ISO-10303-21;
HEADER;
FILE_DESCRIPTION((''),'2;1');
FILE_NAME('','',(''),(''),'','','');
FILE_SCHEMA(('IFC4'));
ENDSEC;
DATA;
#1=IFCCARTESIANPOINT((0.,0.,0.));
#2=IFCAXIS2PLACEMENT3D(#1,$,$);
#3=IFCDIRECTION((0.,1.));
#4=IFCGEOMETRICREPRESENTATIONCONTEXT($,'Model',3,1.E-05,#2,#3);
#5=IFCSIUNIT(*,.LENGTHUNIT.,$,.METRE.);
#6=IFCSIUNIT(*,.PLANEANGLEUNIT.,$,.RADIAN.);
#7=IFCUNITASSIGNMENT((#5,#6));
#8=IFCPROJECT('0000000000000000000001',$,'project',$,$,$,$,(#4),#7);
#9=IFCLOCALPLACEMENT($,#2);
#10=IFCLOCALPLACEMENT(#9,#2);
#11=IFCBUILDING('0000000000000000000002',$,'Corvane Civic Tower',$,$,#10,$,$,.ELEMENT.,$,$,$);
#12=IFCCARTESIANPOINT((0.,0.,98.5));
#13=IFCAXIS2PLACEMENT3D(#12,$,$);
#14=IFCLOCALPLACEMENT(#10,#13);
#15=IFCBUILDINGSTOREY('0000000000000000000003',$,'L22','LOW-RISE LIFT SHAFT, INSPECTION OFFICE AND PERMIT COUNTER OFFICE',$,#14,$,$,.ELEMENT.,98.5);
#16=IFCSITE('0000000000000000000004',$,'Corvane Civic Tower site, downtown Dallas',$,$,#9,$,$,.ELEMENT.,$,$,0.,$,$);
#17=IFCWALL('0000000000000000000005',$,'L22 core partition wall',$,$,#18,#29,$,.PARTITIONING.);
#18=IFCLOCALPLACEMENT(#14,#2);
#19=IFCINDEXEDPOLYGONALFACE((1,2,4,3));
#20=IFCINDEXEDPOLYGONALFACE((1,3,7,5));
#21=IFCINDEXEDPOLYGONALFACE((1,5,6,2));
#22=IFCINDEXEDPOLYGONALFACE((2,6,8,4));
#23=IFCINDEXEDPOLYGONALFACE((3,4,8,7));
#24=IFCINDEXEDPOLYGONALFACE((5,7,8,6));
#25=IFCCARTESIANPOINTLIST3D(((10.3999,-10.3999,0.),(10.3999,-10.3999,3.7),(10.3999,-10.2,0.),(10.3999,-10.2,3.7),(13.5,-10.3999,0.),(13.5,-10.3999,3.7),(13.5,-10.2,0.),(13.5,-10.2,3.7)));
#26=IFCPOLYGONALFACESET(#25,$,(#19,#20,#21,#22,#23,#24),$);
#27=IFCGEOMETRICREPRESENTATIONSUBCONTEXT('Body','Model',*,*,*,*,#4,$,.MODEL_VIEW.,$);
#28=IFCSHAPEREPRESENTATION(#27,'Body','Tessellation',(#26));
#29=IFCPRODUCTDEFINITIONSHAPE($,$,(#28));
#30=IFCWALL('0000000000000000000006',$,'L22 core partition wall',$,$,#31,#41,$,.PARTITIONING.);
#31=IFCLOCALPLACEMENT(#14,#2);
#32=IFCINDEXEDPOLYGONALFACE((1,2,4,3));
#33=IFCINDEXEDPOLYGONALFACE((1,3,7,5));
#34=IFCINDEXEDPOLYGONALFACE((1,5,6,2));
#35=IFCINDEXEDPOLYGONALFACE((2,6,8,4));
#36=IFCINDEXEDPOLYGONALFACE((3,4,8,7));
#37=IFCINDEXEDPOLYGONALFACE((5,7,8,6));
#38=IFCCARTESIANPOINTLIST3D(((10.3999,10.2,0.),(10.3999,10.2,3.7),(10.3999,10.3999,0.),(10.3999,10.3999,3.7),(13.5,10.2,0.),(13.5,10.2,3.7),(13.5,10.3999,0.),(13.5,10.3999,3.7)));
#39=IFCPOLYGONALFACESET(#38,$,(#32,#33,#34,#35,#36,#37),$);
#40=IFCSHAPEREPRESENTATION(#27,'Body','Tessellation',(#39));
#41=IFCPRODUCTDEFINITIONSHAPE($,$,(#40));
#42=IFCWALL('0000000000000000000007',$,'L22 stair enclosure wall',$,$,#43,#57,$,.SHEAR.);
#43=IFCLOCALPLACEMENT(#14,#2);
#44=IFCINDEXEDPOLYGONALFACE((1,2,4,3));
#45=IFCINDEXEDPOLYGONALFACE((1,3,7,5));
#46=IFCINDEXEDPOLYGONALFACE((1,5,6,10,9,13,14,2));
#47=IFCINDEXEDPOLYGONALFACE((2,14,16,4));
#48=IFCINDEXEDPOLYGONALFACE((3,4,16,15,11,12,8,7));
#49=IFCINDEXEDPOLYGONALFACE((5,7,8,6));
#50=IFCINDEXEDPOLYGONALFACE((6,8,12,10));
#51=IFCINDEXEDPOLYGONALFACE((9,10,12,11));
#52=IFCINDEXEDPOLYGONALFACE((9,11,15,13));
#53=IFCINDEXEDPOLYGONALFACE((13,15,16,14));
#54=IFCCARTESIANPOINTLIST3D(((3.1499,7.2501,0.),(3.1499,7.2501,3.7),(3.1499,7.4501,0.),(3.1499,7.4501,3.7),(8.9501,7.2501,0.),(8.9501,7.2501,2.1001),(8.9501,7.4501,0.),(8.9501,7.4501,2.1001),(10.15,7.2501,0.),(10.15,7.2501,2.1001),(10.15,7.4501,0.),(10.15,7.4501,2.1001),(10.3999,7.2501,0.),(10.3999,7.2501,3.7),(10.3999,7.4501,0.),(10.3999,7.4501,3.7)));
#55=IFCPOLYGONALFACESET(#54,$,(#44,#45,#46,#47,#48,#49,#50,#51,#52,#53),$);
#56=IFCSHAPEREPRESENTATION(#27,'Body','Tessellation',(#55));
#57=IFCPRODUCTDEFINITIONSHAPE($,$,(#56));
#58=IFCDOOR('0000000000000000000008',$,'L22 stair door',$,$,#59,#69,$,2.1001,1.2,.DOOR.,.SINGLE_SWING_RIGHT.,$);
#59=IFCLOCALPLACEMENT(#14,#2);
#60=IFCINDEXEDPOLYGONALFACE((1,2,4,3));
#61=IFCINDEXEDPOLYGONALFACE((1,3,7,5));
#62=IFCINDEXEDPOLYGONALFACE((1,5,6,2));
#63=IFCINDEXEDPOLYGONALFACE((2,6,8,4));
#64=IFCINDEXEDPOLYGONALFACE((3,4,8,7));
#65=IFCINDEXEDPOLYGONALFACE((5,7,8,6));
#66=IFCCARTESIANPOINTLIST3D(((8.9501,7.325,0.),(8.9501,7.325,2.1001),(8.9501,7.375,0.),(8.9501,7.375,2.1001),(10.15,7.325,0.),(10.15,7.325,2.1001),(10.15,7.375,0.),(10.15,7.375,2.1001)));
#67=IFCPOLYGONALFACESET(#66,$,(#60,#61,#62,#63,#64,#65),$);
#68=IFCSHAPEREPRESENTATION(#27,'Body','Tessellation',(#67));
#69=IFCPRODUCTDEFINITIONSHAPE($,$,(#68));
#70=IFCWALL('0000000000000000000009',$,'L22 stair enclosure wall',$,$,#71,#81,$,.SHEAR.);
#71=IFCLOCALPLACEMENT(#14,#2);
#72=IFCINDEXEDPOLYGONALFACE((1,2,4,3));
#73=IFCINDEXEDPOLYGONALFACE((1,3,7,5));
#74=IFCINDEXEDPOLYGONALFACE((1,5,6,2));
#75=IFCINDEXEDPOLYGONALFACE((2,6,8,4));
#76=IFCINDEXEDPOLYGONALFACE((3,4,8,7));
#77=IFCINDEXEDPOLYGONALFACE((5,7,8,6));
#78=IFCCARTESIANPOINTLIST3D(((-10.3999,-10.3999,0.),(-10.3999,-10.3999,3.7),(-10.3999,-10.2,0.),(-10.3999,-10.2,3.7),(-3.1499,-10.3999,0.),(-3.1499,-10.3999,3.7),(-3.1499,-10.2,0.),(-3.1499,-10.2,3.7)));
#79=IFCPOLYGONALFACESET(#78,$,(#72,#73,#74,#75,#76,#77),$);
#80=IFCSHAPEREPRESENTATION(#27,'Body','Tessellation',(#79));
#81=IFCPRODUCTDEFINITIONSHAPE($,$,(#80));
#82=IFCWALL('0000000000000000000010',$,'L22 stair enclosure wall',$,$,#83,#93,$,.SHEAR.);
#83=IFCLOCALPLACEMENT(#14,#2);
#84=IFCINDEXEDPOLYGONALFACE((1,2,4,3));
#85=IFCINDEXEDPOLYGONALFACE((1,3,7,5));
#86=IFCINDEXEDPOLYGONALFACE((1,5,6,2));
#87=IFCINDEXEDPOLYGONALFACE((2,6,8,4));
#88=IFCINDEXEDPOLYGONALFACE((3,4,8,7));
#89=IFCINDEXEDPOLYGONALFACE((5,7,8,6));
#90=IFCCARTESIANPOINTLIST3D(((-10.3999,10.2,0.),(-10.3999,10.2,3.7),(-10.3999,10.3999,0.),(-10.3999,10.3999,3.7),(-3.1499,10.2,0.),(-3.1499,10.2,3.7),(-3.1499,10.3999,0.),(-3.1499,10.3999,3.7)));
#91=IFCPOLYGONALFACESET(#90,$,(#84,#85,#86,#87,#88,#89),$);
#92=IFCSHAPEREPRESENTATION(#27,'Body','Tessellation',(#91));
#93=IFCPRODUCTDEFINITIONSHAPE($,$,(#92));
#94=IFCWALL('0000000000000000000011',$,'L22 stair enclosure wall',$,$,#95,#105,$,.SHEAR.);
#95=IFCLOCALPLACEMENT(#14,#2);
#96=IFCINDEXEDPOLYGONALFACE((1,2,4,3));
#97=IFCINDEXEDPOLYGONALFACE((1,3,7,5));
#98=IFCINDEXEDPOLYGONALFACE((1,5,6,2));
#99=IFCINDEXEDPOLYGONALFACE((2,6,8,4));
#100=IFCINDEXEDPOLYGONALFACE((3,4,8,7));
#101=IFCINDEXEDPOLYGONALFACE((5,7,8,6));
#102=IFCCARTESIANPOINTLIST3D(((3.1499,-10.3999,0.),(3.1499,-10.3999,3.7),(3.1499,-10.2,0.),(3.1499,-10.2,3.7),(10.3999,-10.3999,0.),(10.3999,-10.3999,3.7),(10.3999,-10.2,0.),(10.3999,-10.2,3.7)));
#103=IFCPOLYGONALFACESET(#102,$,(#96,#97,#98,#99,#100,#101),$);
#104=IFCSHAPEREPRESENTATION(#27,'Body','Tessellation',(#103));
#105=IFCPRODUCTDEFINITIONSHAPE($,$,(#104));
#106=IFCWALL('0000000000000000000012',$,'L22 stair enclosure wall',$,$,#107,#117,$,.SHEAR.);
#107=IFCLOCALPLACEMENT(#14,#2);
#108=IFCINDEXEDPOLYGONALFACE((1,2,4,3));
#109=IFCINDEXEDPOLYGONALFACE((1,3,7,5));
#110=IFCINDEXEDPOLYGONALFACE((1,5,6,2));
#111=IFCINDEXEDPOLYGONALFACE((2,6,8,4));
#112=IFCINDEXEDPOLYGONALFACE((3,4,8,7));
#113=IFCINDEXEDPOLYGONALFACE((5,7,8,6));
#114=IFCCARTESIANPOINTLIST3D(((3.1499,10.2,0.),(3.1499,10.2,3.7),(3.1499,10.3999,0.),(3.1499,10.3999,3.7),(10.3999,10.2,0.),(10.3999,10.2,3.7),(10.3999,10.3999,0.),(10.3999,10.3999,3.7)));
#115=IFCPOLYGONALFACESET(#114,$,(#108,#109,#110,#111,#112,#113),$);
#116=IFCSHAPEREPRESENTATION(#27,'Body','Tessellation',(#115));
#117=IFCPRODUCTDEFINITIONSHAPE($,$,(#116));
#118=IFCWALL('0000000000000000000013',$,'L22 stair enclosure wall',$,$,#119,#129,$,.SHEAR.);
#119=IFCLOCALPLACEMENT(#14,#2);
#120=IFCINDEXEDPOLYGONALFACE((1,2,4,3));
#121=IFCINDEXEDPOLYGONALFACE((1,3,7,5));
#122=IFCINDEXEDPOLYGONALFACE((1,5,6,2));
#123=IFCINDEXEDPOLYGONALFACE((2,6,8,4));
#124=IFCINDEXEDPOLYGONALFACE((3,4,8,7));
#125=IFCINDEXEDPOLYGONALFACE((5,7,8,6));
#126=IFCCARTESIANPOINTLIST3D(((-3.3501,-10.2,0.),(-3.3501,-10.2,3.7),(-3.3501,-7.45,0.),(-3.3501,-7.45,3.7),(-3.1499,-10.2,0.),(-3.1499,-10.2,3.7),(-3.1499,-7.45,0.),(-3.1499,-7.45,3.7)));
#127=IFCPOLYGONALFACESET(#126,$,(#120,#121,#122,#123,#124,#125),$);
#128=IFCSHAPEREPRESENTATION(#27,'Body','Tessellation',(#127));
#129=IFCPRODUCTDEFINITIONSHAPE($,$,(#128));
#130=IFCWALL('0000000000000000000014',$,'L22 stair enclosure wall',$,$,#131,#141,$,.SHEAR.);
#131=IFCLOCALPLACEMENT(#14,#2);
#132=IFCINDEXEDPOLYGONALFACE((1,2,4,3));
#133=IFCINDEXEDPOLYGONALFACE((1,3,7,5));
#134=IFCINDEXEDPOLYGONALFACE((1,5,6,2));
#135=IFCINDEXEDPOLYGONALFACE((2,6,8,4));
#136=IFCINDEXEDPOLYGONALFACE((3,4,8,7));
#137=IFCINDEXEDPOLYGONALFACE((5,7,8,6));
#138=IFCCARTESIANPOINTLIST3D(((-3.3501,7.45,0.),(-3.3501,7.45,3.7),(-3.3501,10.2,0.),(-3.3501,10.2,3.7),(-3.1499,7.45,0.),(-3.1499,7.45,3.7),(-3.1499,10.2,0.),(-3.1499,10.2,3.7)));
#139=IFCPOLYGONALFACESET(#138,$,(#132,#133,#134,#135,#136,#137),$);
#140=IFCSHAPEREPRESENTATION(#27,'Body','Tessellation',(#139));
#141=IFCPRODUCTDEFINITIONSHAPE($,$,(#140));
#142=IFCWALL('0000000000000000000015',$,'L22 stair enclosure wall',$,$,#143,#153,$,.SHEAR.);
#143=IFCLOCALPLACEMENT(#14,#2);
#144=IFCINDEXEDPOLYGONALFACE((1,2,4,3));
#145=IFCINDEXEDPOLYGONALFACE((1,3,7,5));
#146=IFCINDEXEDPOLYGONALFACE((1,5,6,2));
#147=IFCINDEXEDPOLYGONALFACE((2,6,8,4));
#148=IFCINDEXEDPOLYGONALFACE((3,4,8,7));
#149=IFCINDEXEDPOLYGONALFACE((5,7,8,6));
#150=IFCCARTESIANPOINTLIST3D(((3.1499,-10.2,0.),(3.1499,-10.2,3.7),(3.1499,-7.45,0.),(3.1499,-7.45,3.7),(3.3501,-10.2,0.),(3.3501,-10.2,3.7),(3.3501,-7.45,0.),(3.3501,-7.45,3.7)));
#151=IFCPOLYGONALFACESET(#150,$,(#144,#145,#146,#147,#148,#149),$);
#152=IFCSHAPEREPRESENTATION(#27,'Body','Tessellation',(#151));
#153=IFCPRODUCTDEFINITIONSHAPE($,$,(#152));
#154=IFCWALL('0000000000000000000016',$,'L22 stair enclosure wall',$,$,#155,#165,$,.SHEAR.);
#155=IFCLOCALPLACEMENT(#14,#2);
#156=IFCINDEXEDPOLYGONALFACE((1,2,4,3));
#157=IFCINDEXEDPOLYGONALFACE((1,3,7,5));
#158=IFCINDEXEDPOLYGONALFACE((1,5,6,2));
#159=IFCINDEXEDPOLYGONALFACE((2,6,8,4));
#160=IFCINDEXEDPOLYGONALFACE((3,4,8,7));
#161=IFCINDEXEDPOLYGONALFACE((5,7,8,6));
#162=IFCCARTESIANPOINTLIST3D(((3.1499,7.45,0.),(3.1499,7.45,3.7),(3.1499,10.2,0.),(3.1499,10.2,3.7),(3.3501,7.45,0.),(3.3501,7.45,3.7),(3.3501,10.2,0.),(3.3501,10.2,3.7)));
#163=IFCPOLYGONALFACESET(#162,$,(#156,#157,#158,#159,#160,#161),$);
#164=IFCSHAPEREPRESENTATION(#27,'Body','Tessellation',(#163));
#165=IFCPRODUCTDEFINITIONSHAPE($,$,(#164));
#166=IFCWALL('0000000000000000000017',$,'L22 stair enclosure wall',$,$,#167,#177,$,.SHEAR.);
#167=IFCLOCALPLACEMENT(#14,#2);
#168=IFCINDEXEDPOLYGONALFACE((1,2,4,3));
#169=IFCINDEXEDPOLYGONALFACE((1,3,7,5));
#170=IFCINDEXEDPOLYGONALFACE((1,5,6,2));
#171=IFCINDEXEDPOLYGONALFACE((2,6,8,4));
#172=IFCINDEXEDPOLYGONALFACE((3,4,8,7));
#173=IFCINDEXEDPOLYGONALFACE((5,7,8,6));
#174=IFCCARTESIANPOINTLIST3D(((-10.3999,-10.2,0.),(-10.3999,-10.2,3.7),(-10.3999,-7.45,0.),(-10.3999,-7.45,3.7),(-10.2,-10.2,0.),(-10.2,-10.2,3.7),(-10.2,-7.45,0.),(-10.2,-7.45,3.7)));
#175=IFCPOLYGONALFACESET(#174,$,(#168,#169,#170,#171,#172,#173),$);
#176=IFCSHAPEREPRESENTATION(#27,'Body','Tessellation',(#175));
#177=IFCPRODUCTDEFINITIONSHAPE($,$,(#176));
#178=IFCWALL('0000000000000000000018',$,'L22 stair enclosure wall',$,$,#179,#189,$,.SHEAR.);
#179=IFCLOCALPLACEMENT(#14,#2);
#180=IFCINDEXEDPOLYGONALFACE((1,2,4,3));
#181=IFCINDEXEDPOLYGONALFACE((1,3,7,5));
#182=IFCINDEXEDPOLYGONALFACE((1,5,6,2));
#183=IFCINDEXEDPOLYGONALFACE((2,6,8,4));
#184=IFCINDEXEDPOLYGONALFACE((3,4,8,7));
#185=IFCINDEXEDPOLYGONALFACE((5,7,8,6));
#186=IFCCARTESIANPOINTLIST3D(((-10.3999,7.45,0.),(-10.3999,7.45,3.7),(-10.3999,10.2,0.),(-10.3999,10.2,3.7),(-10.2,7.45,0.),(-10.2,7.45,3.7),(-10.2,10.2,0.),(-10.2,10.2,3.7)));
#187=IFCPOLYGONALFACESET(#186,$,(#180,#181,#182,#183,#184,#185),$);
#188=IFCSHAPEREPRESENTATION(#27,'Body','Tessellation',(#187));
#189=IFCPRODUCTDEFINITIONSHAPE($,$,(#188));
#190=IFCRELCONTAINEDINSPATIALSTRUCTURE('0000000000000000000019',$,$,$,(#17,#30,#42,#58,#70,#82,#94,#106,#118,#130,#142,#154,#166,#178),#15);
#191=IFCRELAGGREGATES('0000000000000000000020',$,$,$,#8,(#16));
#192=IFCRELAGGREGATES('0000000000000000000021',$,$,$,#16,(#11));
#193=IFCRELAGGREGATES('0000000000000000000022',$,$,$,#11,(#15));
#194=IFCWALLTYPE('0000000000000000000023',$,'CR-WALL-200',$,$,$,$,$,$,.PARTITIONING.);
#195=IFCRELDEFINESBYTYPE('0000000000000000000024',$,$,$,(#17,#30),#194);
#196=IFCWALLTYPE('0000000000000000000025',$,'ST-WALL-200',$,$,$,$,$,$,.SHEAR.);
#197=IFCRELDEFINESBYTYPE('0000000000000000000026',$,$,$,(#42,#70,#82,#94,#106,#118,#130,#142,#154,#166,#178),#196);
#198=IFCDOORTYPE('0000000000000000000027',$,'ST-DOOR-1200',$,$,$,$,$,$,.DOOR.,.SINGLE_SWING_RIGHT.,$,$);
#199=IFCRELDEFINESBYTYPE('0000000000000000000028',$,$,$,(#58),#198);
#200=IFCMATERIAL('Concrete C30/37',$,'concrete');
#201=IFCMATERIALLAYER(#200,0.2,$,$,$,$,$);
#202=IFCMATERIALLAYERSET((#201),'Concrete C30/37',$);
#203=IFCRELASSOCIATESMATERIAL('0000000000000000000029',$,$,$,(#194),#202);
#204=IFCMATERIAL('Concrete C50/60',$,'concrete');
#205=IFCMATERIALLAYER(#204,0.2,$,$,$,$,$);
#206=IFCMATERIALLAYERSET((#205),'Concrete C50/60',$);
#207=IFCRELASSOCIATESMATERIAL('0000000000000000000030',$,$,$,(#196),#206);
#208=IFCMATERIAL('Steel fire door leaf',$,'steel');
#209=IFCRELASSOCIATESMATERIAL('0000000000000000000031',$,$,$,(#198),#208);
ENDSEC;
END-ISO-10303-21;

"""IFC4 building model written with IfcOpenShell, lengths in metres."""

from ifc_helpers import new_model, si_unit, direction, frame, frame_2d, origin, place, context, subcontext, project, spatial, polyline, rectangle, outline, extrude, material, layer, layer_set, type_object, element, fill, save


model = new_model("IFC4")

# Units and contexts
model_context = context("Model", 3, precision=1e-05, world=origin(), true_north=direction((0.0, 1.0)))
body_context = subcontext(model_context, "Body", "Model", "MODEL_VIEW")
ifc_project = project(units=[si_unit("LENGTHUNIT", "METRE"), si_unit("PLANEANGLEUNIT", "RADIAN")], contexts=[model_context])

# Site, building, storey
site_placement = place(None, origin())
site = spatial("IfcSite", under=ifc_project, at=site_placement, Name="Corvane Civic Tower site, downtown Dallas", CompositionType="ELEMENT", RefElevation=0.0)
building_placement = place(site_placement, origin())
building = spatial("IfcBuilding", under=site, at=building_placement, Name="Corvane Civic Tower", CompositionType="ELEMENT")
storey_placement = place(building_placement, frame((0.0, 0.0, 98.5)))
storey = spatial("IfcBuildingStorey", under=building, at=storey_placement, Name="L22", Description="LOW-RISE LIFT SHAFT, INSPECTION OFFICE AND PERMIT COUNTER OFFICE", CompositionType="ELEMENT", Elevation=98.5)

# Walls
ifc_material_1 = material(Name="Concrete C30/37", Category="concrete")
ifc_layer_1 = layer(ifc_material_1, 0.2)
ifc_layer_set_1 = layer_set([ifc_layer_1], Name="Concrete C30/37")
wall_type_1 = type_object("IfcWallType", Name="CR-WALL-200", PredefinedType="PARTITIONING", material=ifc_layer_set_1)
wall_1_placement = place(storey_placement, origin())
element("IfcWall", 1, at=wall_1_placement, inside=storey, type_object=wall_type_1, Name="L22 core partition wall", PredefinedType="PARTITIONING", context=body_context, shape_type="SweptSolid", body=[
    extrude(outline(polyline([(13.5, -10.3999), (10.3999, -10.3999), (10.3999, -10.2), (13.5, -10.2), (13.5, -10.3999)])), origin(), (0.0, 0.0, 1.0), 3.7),
])
wall_2_placement = place(storey_placement, origin())
element("IfcWall", 2, at=wall_2_placement, inside=storey, type_object=wall_type_1, Name="L22 core partition wall", PredefinedType="PARTITIONING", context=body_context, shape_type="SweptSolid", body=[
    extrude(outline(polyline([(10.3999, 10.2), (10.3999, 10.3999), (13.5, 10.3999), (13.5, 10.2), (10.3999, 10.2)])), origin(), (0.0, 0.0, 1.0), 3.7),
])

# Wall, opening, door
ifc_material_2 = material(Name="Concrete C50/60", Category="concrete")
ifc_layer_2 = layer(ifc_material_2, 0.2)
ifc_layer_set_2 = layer_set([ifc_layer_2], Name="Concrete C50/60")
wall_type_2 = type_object("IfcWallType", Name="ST-WALL-200", PredefinedType="SHEAR", material=ifc_layer_set_2)
wall_3_placement = place(storey_placement, frame((3.1499, 7.3501, 0.0), z_axis=(0.0, 0.0, 1.0), x_axis=(1.0, 0.0, 0.0)))
wall_3 = element("IfcWall", 3, at=wall_3_placement, inside=storey, type_object=wall_type_2, Name="L22 stair enclosure wall", PredefinedType="SHEAR", context=body_context, shape_type="SweptSolid", body=[
    extrude(rectangle(XDim=7.25, YDim=0.2, at=frame_2d((3.625, 0.0))), origin(), (0.0, 0.0, 1.0), 3.7),
])
opening_placement = place(wall_3_placement, frame((5.8, 0.0, 0.0)))
opening = element("IfcOpeningElement", 4, at=opening_placement, cuts=wall_3, PredefinedType="OPENING", context=body_context, shape_type="SweptSolid", body=[
    extrude(rectangle(XDim=1.2, YDim=2.1001, at=frame_2d((0.6001, 1.05))), frame((0.0, 0.1099, 0.0), z_axis=(0.0, -1.0, 0.0), x_axis=(1.0, 0.0, 0.0)), (0.0, 0.0, 1.0), 0.22),
])
ifc_material_3 = material(Name="Steel fire door leaf", Category="steel")
door_type = type_object("IfcDoorType", Name="ST-DOOR-1200", OperationType="SINGLE_SWING_RIGHT", PredefinedType="DOOR", material=ifc_material_3)
door_placement = place(opening_placement, origin())
door = element("IfcDoor", 5, at=door_placement, inside=storey, type_object=door_type, Name="L22 stair door", OperationType="SINGLE_SWING_RIGHT", OverallHeight=2.1001, OverallWidth=1.2, PredefinedType="DOOR", context=body_context, shape_type="SweptSolid", body=[
    extrude(rectangle(XDim=1.2, YDim=2.1001, at=frame_2d((0.6001, 1.05))), frame((0.0, 0.0249, 0.0), z_axis=(0.0, -1.0, 0.0), x_axis=(1.0, 0.0, 0.0)), (0.0, 0.0, 1.0), 0.05),
])
fill(opening, door)

# Walls
wall_4_placement = place(storey_placement, origin())
element("IfcWall", 6, at=wall_4_placement, inside=storey, type_object=wall_type_2, Name="L22 stair enclosure wall", PredefinedType="SHEAR", context=body_context, shape_type="SweptSolid", body=[
    extrude(outline(polyline([(-3.1499, -10.2), (-3.1499, -10.3999), (-10.3999, -10.3999), (-10.3999, -10.2), (-3.1499, -10.2)])), origin(), (0.0, 0.0, 1.0), 3.7),
])
wall_5_placement = place(storey_placement, origin())
element("IfcWall", 7, at=wall_5_placement, inside=storey, type_object=wall_type_2, Name="L22 stair enclosure wall", PredefinedType="SHEAR", context=body_context, shape_type="SweptSolid", body=[
    extrude(outline(polyline([(-3.1499, 10.2), (-10.3999, 10.2), (-10.3999, 10.3999), (-3.1499, 10.3999), (-3.1499, 10.2)])), origin(), (0.0, 0.0, 1.0), 3.7),
])
wall_6_placement = place(storey_placement, origin())
element("IfcWall", 8, at=wall_6_placement, inside=storey, type_object=wall_type_2, Name="L22 stair enclosure wall", PredefinedType="SHEAR", context=body_context, shape_type="SweptSolid", body=[
    extrude(outline(polyline([(10.3999, -10.3999), (3.1499, -10.3999), (3.1499, -10.2), (10.3999, -10.2), (10.3999, -10.3999)])), origin(), (0.0, 0.0, 1.0), 3.7),
])
wall_7_placement = place(storey_placement, origin())
element("IfcWall", 9, at=wall_7_placement, inside=storey, type_object=wall_type_2, Name="L22 stair enclosure wall", PredefinedType="SHEAR", context=body_context, shape_type="SweptSolid", body=[
    extrude(outline(polyline([(10.3999, 10.2), (3.1499, 10.2), (3.1499, 10.3999), (10.3999, 10.3999), (10.3999, 10.2)])), origin(), (0.0, 0.0, 1.0), 3.7),
])
wall_8_placement = place(storey_placement, origin())
element("IfcWall", 10, at=wall_8_placement, inside=storey, type_object=wall_type_2, Name="L22 stair enclosure wall", PredefinedType="SHEAR", context=body_context, shape_type="SweptSolid", body=[
    extrude(outline(polyline([(-3.1499, -7.45), (-3.1499, -10.2), (-3.3501, -10.2), (-3.3501, -7.45), (-3.1499, -7.45)])), origin(), (0.0, 0.0, 1.0), 3.7),
])
wall_9_placement = place(storey_placement, origin())
element("IfcWall", 11, at=wall_9_placement, inside=storey, type_object=wall_type_2, Name="L22 stair enclosure wall", PredefinedType="SHEAR", context=body_context, shape_type="SweptSolid", body=[
    extrude(outline(polyline([(-3.1499, 7.45), (-3.3501, 7.45), (-3.3501, 10.2), (-3.1499, 10.2), (-3.1499, 7.45)])), origin(), (0.0, 0.0, 1.0), 3.7),
])
wall_10_placement = place(storey_placement, origin())
element("IfcWall", 12, at=wall_10_placement, inside=storey, type_object=wall_type_2, Name="L22 stair enclosure wall", PredefinedType="SHEAR", context=body_context, shape_type="SweptSolid", body=[
    extrude(outline(polyline([(3.3501, -7.45), (3.3501, -10.2), (3.1499, -10.2), (3.1499, -7.45), (3.3501, -7.45)])), origin(), (0.0, 0.0, 1.0), 3.7),
])
wall_11_placement = place(storey_placement, origin())
element("IfcWall", 13, at=wall_11_placement, inside=storey, type_object=wall_type_2, Name="L22 stair enclosure wall", PredefinedType="SHEAR", context=body_context, shape_type="SweptSolid", body=[
    extrude(outline(polyline([(3.3501, 7.45), (3.1499, 7.45), (3.1499, 10.2), (3.3501, 10.2), (3.3501, 7.45)])), origin(), (0.0, 0.0, 1.0), 3.7),
])
wall_12_placement = place(storey_placement, origin())
element("IfcWall", 14, at=wall_12_placement, inside=storey, type_object=wall_type_2, Name="L22 stair enclosure wall", PredefinedType="SHEAR", context=body_context, shape_type="SweptSolid", body=[
    extrude(outline(polyline([(-10.2, -7.45), (-10.2, -10.2), (-10.3999, -10.2), (-10.3999, -7.45), (-10.2, -7.45)])), origin(), (0.0, 0.0, 1.0), 3.7),
])
wall_13_placement = place(storey_placement, origin())
element("IfcWall", 15, at=wall_13_placement, inside=storey, type_object=wall_type_2, Name="L22 stair enclosure wall", PredefinedType="SHEAR", context=body_context, shape_type="SweptSolid", body=[
    extrude(outline(polyline([(-10.2, 7.45), (-10.3999, 7.45), (-10.3999, 10.2), (-10.2, 10.2), (-10.2, 7.45)])), origin(), (0.0, 0.0, 1.0), 3.7),
])

save(model, "model.ifc")
